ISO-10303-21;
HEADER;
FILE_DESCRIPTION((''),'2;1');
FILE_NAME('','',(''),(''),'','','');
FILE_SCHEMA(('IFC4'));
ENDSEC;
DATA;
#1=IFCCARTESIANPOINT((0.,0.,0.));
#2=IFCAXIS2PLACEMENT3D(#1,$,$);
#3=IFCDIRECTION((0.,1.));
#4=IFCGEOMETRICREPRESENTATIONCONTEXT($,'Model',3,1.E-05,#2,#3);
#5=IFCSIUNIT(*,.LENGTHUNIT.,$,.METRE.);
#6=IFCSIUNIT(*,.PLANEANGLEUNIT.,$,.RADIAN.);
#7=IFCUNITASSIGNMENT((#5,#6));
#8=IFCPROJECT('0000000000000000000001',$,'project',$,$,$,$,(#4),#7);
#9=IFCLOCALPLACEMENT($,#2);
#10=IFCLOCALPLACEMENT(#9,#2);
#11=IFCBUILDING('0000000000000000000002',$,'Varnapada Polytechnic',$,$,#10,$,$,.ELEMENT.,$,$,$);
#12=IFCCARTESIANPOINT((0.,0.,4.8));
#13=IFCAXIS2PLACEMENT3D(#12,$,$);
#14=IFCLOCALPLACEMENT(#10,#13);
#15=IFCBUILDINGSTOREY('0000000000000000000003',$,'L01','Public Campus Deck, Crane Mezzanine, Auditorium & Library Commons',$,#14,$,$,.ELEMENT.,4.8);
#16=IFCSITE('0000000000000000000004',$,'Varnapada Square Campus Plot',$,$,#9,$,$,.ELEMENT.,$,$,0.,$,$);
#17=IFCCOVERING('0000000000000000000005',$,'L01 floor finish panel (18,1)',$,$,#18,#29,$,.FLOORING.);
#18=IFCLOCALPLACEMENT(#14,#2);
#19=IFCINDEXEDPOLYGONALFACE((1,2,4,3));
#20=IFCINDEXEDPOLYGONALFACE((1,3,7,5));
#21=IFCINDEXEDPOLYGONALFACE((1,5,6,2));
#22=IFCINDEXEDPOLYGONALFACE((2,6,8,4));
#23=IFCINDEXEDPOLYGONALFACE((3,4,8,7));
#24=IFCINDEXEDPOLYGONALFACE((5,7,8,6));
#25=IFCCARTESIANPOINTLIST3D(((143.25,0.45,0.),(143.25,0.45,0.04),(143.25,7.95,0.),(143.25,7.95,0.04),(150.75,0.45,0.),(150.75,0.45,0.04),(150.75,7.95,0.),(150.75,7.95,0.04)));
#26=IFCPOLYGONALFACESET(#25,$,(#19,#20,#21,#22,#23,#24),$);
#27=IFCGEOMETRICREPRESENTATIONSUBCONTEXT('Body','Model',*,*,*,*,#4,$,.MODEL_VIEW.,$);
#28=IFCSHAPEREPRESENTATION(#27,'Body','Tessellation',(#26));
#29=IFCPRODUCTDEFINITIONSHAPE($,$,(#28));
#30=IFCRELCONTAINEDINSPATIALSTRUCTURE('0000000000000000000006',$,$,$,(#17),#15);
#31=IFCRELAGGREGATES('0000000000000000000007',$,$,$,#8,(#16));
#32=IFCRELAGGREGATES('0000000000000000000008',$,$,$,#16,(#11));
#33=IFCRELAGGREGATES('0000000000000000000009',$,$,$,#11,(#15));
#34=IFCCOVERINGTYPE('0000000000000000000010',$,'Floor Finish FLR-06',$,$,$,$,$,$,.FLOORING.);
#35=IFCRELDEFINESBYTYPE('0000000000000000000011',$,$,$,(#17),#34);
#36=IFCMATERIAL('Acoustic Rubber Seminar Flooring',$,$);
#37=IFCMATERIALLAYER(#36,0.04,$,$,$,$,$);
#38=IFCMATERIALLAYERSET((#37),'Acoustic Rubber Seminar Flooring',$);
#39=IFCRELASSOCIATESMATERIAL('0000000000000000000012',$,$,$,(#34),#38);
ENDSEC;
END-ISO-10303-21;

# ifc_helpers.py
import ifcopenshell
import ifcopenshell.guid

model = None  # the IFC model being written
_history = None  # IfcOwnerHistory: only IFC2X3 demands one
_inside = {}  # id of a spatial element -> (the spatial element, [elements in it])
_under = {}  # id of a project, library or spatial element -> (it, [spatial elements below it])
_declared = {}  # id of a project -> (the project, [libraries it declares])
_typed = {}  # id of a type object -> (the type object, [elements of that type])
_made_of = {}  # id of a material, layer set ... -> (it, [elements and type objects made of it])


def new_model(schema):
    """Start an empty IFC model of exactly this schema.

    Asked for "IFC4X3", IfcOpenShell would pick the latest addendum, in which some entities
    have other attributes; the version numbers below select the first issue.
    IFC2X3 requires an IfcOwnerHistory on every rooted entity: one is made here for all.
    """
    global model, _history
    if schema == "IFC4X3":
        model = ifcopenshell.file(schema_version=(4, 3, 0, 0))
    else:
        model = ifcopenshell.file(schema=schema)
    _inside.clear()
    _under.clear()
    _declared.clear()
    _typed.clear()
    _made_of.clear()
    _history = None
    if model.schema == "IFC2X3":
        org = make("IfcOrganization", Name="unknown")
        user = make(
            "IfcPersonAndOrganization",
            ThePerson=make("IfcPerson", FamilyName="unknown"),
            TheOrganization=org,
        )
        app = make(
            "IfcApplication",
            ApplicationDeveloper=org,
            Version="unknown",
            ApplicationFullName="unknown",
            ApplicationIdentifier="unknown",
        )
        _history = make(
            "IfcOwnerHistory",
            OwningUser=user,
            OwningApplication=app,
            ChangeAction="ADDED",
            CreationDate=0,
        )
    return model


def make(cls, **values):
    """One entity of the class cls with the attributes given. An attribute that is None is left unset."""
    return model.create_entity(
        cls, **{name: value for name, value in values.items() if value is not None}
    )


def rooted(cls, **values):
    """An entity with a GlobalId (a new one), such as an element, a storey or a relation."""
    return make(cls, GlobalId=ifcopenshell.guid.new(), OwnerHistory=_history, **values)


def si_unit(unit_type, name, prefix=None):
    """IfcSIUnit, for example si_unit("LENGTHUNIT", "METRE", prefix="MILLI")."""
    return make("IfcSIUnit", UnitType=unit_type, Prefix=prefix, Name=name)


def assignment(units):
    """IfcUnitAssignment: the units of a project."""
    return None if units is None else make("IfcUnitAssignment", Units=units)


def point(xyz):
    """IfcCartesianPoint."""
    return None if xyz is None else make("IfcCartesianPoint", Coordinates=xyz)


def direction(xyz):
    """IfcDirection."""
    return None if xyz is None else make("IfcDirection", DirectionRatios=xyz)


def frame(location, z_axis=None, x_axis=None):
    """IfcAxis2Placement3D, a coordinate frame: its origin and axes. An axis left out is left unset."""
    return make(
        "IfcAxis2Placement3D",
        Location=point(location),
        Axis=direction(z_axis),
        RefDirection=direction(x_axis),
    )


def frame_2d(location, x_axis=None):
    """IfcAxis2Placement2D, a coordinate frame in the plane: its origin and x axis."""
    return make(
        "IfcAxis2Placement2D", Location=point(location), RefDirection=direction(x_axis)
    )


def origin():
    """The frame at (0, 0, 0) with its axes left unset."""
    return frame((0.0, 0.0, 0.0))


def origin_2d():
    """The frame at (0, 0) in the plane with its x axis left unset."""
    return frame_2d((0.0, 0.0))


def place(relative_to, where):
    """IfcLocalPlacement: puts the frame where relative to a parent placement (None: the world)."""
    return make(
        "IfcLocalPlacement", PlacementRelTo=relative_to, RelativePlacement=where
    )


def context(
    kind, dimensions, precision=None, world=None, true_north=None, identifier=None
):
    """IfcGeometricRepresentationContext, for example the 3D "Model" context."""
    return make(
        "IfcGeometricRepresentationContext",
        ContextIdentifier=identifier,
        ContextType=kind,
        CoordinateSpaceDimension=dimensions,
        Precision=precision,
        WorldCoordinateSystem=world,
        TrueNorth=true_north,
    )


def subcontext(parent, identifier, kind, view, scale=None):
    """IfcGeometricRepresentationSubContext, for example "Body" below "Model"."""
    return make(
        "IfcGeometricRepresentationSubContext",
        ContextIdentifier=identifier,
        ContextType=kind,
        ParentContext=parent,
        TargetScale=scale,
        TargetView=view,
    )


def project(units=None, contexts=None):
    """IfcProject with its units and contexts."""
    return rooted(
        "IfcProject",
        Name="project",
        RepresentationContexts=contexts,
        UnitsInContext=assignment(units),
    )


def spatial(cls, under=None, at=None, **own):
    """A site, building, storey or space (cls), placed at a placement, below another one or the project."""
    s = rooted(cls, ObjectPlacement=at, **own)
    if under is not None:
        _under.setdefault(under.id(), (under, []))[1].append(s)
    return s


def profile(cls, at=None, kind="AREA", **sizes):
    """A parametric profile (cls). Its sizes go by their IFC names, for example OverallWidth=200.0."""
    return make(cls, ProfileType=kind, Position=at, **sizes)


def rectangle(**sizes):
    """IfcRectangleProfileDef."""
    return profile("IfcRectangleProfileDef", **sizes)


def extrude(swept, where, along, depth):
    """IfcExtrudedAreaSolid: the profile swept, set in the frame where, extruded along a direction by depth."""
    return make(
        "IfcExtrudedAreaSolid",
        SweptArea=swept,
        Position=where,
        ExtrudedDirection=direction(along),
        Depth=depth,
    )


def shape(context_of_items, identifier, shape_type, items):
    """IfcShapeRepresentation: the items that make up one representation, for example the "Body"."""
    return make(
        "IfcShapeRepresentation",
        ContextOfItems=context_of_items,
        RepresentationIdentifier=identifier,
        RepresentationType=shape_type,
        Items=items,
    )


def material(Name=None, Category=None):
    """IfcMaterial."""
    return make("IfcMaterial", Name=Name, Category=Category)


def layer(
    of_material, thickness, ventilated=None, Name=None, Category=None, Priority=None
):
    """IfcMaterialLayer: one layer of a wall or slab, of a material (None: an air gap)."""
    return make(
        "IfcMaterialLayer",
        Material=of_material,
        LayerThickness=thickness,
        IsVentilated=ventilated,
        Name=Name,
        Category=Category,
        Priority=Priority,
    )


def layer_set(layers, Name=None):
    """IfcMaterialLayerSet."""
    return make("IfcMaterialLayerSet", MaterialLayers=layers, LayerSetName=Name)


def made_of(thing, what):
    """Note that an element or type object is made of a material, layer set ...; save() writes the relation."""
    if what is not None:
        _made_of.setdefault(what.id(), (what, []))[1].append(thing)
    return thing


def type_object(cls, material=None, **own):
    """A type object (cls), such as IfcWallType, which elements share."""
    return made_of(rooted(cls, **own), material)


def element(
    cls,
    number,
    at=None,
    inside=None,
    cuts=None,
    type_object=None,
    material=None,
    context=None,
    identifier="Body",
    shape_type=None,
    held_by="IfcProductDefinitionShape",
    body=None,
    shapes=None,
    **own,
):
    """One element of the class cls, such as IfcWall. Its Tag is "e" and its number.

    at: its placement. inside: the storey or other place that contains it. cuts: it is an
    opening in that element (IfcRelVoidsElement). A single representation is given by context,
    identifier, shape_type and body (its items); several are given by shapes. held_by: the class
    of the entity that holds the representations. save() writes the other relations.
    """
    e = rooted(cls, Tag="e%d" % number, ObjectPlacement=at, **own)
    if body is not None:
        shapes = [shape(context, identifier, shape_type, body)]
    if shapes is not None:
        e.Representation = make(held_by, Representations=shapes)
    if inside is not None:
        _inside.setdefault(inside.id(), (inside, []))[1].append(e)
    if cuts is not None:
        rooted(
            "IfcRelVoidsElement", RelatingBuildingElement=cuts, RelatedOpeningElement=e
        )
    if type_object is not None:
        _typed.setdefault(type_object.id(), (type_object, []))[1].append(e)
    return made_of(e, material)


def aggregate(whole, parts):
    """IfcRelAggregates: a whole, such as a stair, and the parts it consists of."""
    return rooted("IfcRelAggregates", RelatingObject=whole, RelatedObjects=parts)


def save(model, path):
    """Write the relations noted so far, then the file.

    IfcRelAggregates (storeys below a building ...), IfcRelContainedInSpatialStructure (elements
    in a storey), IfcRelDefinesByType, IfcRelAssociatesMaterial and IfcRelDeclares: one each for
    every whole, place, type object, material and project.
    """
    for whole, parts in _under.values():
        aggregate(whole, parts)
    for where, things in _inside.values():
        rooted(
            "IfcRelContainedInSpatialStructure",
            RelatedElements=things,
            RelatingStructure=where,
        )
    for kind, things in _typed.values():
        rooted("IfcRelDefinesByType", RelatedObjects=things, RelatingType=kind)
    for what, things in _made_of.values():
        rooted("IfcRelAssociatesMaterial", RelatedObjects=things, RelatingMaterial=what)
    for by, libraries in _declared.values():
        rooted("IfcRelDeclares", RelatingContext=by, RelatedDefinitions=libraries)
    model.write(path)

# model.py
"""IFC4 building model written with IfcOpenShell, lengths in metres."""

from ifc_helpers import new_model, si_unit, direction, frame, origin, origin_2d, place, context, subcontext, project, spatial, rectangle, extrude, material, layer, layer_set, type_object, element, save


model = new_model("IFC4")

# Units and contexts
model_context = context("Model", 3, precision=1e-05, world=origin(), true_north=direction((0.0, 1.0)))
body_context = subcontext(model_context, "Body", "Model", "MODEL_VIEW")
ifc_project = project(units=[si_unit("LENGTHUNIT", "METRE"), si_unit("PLANEANGLEUNIT", "RADIAN")], contexts=[model_context])

# Site, building, storey
site_placement = place(None, origin())
site = spatial("IfcSite", under=ifc_project, at=site_placement, Name="Varnapada Square Campus Plot", CompositionType="ELEMENT", RefElevation=0.0)
building_placement = place(site_placement, origin())
building = spatial("IfcBuilding", under=site, at=building_placement, Name="Varnapada Polytechnic", CompositionType="ELEMENT")
storey_placement = place(building_placement, frame((0.0, 0.0, 4.8)))
storey = spatial("IfcBuildingStorey", under=building, at=storey_placement, Name="L01", Description="Public Campus Deck, Crane Mezzanine, Auditorium & Library Commons", CompositionType="ELEMENT", Elevation=4.8)

# Covering
ifc_material_1 = material(Name="Acoustic Rubber Seminar Flooring")
ifc_layer_1 = layer(ifc_material_1, 0.04)
ifc_layer_set_1 = layer_set([ifc_layer_1], Name="Acoustic Rubber Seminar Flooring")
covering_type = type_object("IfcCoveringType", Name="Floor Finish FLR-06", PredefinedType="FLOORING", material=ifc_layer_set_1)
covering_placement = place(storey_placement, frame((147.0, 4.2, 0.0), z_axis=(0.0, 0.0, 1.0), x_axis=(1.0, 0.0, 0.0)))
element("IfcCovering", 1, at=covering_placement, inside=storey, type_object=covering_type, Name="L01 floor finish panel (18,1)", PredefinedType="FLOORING", context=body_context, shape_type="SweptSolid", body=[
    extrude(rectangle(XDim=7.5, YDim=7.5, at=origin_2d()), origin(), (0.0, 0.0, 1.0), 0.04),
])

save(model, "model.ifc")
